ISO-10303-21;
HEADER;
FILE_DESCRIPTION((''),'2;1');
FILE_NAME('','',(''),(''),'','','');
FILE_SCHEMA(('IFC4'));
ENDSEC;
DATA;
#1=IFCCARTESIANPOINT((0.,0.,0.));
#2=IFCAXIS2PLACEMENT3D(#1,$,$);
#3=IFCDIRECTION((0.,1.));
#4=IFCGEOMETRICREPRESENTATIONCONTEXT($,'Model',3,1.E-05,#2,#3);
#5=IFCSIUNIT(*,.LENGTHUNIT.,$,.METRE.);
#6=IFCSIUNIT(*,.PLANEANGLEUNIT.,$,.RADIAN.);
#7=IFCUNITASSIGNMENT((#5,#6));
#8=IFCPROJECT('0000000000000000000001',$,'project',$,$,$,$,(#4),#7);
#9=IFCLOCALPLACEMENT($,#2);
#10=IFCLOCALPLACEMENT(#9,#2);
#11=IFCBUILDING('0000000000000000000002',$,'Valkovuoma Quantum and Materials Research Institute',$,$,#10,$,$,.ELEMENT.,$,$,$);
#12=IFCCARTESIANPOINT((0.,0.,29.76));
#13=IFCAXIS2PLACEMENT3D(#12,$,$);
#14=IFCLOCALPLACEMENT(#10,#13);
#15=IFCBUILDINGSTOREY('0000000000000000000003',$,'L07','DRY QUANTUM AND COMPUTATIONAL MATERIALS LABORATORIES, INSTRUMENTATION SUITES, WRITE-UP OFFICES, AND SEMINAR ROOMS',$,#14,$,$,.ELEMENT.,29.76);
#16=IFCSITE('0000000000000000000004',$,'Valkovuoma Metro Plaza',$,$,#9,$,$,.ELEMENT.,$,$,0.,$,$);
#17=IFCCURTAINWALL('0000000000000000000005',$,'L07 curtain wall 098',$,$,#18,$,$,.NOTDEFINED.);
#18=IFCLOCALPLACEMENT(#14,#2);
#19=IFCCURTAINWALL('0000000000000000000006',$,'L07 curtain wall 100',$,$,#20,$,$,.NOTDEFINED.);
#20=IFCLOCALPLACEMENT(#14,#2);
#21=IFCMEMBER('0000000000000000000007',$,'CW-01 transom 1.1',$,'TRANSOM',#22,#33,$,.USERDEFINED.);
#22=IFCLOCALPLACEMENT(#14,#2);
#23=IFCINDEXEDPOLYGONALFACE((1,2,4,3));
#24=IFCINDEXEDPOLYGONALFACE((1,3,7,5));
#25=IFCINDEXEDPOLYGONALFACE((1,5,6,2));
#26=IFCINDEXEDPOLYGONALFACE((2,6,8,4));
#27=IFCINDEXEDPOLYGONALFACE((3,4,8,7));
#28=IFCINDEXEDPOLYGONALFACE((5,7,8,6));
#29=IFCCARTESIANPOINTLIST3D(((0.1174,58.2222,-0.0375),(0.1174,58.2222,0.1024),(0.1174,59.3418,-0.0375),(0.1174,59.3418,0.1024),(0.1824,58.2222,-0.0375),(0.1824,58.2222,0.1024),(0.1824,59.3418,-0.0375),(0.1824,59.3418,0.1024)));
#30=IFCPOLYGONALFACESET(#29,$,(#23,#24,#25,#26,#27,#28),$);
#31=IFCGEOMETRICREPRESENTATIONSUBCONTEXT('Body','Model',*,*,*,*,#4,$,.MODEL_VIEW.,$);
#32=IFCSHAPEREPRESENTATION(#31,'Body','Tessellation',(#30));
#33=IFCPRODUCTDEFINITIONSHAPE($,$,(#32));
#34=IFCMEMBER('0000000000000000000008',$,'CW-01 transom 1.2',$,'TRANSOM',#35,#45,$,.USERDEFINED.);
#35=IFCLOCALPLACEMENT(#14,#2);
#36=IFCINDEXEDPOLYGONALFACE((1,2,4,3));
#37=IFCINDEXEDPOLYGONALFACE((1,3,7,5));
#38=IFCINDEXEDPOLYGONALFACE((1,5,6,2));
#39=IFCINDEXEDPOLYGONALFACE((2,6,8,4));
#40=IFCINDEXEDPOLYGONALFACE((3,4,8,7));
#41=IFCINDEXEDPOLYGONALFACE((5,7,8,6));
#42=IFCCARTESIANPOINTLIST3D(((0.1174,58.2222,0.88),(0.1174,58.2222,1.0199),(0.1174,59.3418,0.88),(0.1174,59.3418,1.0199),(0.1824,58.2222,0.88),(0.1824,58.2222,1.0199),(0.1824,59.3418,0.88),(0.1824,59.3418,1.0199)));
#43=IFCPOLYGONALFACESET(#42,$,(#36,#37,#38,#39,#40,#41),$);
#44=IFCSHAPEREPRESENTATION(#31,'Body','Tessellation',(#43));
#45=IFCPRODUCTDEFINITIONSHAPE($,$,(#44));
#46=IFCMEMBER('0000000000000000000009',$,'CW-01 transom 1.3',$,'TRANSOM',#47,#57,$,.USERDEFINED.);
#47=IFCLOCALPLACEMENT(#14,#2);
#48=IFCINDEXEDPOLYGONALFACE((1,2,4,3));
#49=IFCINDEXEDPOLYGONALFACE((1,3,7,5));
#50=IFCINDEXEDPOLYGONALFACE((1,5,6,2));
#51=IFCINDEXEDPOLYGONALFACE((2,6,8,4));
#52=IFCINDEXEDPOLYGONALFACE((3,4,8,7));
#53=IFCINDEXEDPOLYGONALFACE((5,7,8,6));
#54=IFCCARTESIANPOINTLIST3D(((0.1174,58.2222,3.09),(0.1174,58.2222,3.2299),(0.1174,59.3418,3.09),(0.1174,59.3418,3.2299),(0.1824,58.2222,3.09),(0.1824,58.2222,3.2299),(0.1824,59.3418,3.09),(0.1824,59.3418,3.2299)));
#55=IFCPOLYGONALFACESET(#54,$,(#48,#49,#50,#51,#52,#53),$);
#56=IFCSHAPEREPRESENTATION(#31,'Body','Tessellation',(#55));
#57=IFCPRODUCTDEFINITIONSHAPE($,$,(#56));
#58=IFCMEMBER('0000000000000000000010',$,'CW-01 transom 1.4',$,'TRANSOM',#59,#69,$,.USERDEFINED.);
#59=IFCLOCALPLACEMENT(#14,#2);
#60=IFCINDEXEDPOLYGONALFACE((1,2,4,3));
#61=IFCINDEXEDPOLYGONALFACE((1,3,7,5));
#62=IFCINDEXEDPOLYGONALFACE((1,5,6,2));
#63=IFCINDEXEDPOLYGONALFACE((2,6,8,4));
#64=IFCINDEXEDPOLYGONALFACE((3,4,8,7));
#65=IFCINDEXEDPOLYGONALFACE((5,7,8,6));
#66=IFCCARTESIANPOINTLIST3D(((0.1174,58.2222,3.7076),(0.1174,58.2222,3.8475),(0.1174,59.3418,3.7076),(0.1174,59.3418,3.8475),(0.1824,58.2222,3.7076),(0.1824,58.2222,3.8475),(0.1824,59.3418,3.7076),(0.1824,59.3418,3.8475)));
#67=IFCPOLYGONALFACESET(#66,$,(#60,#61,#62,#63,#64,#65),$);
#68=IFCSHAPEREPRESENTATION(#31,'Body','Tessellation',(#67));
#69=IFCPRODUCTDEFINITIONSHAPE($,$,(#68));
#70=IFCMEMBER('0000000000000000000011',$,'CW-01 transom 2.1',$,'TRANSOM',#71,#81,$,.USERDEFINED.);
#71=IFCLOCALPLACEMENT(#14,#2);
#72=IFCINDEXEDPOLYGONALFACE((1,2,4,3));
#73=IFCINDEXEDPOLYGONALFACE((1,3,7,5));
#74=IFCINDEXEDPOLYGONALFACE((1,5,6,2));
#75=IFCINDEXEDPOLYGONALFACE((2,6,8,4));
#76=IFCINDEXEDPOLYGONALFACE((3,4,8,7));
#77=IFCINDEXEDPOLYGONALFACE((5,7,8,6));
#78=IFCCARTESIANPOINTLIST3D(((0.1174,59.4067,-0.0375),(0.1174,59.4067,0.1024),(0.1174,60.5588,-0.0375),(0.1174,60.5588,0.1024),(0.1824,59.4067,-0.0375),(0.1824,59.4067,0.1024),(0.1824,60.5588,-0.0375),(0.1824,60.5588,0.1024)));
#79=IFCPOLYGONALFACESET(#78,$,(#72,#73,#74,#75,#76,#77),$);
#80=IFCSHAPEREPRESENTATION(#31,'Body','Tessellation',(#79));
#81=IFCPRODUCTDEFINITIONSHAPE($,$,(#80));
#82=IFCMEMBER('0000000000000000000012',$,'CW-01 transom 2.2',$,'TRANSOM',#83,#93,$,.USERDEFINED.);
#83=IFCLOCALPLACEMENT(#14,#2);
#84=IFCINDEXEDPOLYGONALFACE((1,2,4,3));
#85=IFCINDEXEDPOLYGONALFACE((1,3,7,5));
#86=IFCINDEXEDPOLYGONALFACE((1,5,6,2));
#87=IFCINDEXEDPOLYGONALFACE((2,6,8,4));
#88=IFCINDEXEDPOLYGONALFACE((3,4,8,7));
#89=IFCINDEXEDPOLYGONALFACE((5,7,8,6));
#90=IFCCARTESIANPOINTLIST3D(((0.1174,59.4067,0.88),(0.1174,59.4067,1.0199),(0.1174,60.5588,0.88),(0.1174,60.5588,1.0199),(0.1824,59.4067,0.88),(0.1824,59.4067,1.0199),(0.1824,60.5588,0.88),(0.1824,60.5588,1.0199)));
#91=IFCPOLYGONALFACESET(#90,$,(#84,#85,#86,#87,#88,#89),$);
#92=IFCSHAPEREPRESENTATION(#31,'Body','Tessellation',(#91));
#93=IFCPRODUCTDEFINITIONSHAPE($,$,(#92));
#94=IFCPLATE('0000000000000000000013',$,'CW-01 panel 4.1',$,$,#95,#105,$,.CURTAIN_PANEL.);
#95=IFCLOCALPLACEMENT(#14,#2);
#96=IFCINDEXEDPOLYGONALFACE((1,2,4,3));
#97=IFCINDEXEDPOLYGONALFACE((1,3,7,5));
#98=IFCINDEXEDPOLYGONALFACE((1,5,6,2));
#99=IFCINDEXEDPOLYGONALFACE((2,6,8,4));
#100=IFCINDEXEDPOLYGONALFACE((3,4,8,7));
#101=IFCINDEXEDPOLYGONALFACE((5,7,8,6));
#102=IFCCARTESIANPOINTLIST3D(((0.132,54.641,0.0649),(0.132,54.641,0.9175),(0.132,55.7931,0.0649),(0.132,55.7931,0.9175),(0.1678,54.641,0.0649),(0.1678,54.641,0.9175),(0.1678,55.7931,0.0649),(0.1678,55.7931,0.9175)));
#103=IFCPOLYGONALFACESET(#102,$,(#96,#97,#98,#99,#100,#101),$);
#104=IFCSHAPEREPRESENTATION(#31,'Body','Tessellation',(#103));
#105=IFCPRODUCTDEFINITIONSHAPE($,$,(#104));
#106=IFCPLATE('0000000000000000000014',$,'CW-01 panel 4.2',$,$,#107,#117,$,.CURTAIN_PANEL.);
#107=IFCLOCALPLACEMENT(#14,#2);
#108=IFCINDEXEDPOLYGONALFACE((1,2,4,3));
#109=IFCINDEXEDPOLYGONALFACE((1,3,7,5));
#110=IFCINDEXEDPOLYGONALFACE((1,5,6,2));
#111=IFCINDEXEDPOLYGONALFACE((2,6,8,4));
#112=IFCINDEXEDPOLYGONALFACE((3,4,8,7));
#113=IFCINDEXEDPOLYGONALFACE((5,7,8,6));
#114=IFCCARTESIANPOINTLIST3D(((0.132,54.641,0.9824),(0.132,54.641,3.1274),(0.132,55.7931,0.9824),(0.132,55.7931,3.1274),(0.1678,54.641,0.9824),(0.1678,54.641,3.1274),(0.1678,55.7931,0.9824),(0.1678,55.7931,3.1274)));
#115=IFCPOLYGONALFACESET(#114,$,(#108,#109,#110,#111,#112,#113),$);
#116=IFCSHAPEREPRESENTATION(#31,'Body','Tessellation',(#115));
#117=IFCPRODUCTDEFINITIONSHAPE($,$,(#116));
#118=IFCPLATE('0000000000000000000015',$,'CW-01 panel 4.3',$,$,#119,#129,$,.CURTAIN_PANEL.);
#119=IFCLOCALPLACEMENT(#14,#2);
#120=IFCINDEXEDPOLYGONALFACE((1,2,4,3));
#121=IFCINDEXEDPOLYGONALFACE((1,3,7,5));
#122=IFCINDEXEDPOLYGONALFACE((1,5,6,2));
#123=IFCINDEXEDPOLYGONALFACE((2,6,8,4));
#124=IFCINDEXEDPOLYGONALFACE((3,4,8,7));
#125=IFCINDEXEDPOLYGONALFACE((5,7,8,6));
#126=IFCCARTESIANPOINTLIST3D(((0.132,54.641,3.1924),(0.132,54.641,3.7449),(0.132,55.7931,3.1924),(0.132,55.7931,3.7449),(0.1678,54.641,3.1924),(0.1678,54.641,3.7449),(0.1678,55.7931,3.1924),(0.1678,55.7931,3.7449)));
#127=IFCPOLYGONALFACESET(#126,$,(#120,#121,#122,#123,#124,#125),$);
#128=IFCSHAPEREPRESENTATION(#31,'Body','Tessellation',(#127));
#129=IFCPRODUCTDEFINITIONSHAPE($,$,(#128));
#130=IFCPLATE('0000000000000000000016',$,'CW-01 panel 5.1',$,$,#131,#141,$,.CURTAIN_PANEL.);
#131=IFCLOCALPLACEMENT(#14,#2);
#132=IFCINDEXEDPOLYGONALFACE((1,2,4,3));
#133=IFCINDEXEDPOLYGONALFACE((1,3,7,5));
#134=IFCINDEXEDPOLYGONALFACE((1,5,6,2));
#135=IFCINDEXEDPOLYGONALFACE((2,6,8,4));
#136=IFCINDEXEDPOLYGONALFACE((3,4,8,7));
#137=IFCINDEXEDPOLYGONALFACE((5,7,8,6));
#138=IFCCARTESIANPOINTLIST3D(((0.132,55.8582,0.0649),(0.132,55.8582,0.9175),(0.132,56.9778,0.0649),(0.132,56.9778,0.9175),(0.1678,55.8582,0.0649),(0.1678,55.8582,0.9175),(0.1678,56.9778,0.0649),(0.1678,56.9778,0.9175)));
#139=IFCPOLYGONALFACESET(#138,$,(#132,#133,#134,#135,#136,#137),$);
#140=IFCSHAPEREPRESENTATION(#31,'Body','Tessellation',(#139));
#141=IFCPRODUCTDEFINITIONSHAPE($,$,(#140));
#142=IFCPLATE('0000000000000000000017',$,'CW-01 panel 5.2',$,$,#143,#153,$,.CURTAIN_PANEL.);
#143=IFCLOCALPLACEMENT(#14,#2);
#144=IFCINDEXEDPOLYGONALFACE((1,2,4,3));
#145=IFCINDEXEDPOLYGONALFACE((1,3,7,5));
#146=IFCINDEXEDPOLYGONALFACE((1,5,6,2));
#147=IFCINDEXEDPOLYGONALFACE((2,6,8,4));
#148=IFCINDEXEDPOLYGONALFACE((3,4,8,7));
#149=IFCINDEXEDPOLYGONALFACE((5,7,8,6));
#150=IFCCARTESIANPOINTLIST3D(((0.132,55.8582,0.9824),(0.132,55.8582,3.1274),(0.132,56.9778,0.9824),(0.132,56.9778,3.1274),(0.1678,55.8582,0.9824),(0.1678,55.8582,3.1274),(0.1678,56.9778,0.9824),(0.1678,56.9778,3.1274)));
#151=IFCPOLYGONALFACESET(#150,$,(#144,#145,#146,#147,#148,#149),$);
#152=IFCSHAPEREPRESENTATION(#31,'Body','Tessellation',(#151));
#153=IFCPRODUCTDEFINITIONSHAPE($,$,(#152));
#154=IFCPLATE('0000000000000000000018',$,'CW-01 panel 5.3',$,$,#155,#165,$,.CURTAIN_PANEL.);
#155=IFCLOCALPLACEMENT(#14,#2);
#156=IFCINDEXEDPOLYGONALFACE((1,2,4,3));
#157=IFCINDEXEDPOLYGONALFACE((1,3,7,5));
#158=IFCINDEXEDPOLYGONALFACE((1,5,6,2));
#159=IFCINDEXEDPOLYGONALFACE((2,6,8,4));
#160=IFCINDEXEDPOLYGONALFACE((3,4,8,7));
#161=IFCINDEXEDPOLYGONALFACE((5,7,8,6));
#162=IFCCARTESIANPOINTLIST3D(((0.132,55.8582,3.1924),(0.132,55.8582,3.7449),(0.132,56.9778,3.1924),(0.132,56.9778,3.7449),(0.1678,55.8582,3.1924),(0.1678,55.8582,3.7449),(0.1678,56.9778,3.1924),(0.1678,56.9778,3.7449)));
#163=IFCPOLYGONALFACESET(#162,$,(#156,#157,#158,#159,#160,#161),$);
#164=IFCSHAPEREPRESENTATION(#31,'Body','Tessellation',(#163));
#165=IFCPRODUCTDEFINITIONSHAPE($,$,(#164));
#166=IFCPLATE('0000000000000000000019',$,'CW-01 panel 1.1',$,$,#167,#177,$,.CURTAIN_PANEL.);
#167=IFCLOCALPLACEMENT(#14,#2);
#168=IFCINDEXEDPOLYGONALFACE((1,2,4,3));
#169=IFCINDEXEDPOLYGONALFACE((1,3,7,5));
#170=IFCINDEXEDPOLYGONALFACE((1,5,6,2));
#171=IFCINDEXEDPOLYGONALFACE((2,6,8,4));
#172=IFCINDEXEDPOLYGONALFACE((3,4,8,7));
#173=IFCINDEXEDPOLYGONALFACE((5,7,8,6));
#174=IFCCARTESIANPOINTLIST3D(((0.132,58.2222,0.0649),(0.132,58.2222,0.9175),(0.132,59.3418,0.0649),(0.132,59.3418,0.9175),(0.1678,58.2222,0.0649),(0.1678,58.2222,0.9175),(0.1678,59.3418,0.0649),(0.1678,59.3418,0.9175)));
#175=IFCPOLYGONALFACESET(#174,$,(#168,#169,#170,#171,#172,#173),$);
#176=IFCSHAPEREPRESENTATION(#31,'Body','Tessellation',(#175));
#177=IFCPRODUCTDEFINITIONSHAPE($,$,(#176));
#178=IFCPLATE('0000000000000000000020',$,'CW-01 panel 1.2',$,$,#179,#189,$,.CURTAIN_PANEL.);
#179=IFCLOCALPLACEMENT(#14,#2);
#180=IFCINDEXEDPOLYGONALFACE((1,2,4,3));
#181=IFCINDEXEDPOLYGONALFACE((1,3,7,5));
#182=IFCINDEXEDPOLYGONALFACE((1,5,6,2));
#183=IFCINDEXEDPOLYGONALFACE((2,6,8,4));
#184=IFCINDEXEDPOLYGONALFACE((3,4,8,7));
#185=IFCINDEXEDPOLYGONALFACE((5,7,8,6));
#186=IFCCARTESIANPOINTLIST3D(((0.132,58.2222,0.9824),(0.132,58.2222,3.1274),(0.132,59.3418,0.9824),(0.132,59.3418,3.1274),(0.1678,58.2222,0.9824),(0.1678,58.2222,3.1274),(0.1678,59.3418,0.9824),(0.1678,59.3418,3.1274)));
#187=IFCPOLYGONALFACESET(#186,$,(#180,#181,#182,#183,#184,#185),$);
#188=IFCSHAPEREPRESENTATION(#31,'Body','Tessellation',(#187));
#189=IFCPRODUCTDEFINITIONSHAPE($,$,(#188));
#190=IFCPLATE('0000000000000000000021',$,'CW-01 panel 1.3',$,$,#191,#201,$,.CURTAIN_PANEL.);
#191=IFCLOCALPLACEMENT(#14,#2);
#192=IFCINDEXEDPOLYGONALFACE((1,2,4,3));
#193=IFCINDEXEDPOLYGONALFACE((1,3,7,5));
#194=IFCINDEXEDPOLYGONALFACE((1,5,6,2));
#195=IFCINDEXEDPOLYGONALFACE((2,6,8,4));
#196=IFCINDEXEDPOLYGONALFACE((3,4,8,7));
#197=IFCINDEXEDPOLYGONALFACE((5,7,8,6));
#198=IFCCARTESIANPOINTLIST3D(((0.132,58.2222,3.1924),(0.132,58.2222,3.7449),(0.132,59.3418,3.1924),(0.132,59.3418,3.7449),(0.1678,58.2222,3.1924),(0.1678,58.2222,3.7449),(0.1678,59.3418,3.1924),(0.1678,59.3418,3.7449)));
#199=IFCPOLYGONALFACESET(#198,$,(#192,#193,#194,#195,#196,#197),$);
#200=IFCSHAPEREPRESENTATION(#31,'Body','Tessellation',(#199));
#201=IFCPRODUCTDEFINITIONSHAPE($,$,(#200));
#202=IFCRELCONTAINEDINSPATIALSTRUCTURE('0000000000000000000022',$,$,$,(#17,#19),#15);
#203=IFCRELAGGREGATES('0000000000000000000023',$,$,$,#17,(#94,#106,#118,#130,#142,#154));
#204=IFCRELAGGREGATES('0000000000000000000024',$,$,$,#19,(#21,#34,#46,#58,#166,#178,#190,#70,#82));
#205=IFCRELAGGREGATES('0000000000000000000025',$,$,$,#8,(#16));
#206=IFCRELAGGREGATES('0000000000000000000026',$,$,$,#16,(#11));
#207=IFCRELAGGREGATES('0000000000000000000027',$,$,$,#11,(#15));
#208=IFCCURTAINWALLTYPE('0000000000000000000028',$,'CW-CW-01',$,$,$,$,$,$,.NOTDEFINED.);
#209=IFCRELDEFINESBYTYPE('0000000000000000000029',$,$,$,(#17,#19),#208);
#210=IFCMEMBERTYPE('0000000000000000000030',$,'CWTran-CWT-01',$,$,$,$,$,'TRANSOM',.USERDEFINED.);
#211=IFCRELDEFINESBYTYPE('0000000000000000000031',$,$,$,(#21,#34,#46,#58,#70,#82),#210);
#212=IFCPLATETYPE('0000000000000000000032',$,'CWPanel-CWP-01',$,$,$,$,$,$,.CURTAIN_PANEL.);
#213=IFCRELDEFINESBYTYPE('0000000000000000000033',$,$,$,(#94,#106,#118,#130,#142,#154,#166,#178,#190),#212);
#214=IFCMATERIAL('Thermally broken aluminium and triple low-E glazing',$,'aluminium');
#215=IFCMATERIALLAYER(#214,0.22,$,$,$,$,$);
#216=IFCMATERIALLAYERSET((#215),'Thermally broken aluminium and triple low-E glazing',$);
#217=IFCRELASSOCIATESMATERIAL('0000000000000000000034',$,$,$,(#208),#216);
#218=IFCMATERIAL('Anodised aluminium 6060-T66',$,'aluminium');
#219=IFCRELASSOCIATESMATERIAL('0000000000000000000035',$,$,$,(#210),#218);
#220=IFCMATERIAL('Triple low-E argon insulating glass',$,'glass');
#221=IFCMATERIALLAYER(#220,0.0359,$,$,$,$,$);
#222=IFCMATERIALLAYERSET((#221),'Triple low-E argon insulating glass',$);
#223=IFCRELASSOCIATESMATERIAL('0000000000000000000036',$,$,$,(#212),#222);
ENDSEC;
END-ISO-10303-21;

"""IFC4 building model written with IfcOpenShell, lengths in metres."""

from ifc_helpers import new_model, si_unit, direction, frame, origin, origin_2d, place, context, subcontext, project, spatial, rectangle, extrude, material, layer, layer_set, material_profile, profile_set, type_object, element, aggregate, save


model = new_model("IFC4")

# Units and contexts
model_context = context("Model", 3, precision=1e-05, world=origin(), true_north=direction((0.0, 1.0)))
body_context = subcontext(model_context, "Body", "Model", "MODEL_VIEW")
ifc_project = project(units=[si_unit("LENGTHUNIT", "METRE"), si_unit("PLANEANGLEUNIT", "RADIAN")], contexts=[model_context])

# Site, building, storey
site_placement = place(None, origin())
site = spatial("IfcSite", under=ifc_project, at=site_placement, Name="Valkovuoma Metro Plaza", CompositionType="ELEMENT", RefElevation=0.0)
building_placement = place(site_placement, origin())
building = spatial("IfcBuilding", under=site, at=building_placement, Name="Valkovuoma Quantum and Materials Research Institute", CompositionType="ELEMENT")
storey_placement = place(building_placement, frame((0.0, 0.0, 29.76)))
storey = spatial("IfcBuildingStorey", under=building, at=storey_placement, Name="L07", Description="DRY QUANTUM AND COMPUTATIONAL MATERIALS LABORATORIES, INSTRUMENTATION SUITES, WRITE-UP OFFICES, AND SEMINAR ROOMS", CompositionType="ELEMENT", Elevation=29.76)

# Curtain walls
ifc_material_1 = material(Name="Thermally broken aluminium and triple low-E glazing", Category="aluminium")
ifc_layer_1 = layer(ifc_material_1, 0.22)
ifc_layer_set_1 = layer_set([ifc_layer_1], Name="Thermally broken aluminium and triple low-E glazing")
curtain_wall_type = type_object("IfcCurtainWallType", Name="CW-CW-01", PredefinedType="NOTDEFINED", material=ifc_layer_set_1)
curtain_wall_1_placement = place(storey_placement, origin())
curtain_wall_1 = element("IfcCurtainWall", 1, at=curtain_wall_1_placement, inside=storey, type_object=curtain_wall_type, Name="L07 curtain wall 098", PredefinedType="NOTDEFINED")
curtain_wall_2_placement = place(storey_placement, origin())
curtain_wall_2 = element("IfcCurtainWall", 2, at=curtain_wall_2_placement, inside=storey, type_object=curtain_wall_type, Name="L07 curtain wall 100", PredefinedType="NOTDEFINED")

# Members
ifc_material_2 = material(Name="Anodised aluminium 6060-T66", Category="aluminium")
ifc_material_profile_1 = material_profile(ifc_material_2, rectangle(XDim=0.0649, YDim=0.1399, at=origin_2d()), Name="Anodised aluminium 6060-T66")
ifc_profile_set_1 = profile_set([ifc_material_profile_1], Name="Anodised aluminium 6060-T66")
member_type_1 = type_object("IfcMemberType", Name="CWTran-CWT-01", ElementType="TRANSOM", PredefinedType="USERDEFINED", material=ifc_profile_set_1)
member_1_placement = place(storey_placement, frame((0.1499, 58.2222, 0.0325), z_axis=(0.0, 1.0, 0.0), x_axis=(-1.0, 0.0, 0.0)))
member_1 = element("IfcMember", 3, at=member_1_placement, type_object=member_type_1, Name="CW-01 transom 1.1", ObjectType="TRANSOM", PredefinedType="USERDEFINED", context=body_context, shape_type="SweptSolid", body=[
    extrude(rectangle(XDim=0.0649, YDim=0.1399, at=origin_2d()), origin(), (0.0, 0.0, 1.0), 1.1196),
])
member_2_placement = place(storey_placement, frame((0.1499, 58.2222, 0.95), z_axis=(0.0, 1.0, 0.0), x_axis=(-1.0, 0.0, 0.0)))
member_2 = element("IfcMember", 4, at=member_2_placement, type_object=member_type_1, Name="CW-01 transom 1.2", ObjectType="TRANSOM", PredefinedType="USERDEFINED", context=body_context, shape_type="SweptSolid", body=[
    extrude(rectangle(XDim=0.0649, YDim=0.1399, at=origin_2d()), origin(), (0.0, 0.0, 1.0), 1.1196),
])
member_3_placement = place(storey_placement, frame((0.1499, 58.2222, 3.1599), z_axis=(0.0, 1.0, 0.0), x_axis=(-1.0, 0.0, 0.0)))
member_3 = element("IfcMember", 5, at=member_3_placement, type_object=member_type_1, Name="CW-01 transom 1.3", ObjectType="TRANSOM", PredefinedType="USERDEFINED", context=body_context, shape_type="SweptSolid", body=[
    extrude(rectangle(XDim=0.0649, YDim=0.1399, at=origin_2d()), origin(), (0.0, 0.0, 1.0), 1.1196),
])
member_4_placement = place(storey_placement, frame((0.1499, 58.2222, 3.7776), z_axis=(0.0, 1.0, 0.0), x_axis=(-1.0, 0.0, 0.0)))
member_4 = element("IfcMember", 6, at=member_4_placement, type_object=member_type_1, Name="CW-01 transom 1.4", ObjectType="TRANSOM", PredefinedType="USERDEFINED", context=body_context, shape_type="SweptSolid", body=[
    extrude(rectangle(XDim=0.0649, YDim=0.1399, at=origin_2d()), origin(), (0.0, 0.0, 1.0), 1.1196),
])
member_5_placement = place(storey_placement, frame((0.1499, 59.4067, 0.0325), z_axis=(0.0, 1.0, 0.0), x_axis=(-1.0, 0.0, 0.0)))
member_5 = element("IfcMember", 7, at=member_5_placement, type_object=member_type_1, Name="CW-01 transom 2.1", ObjectType="TRANSOM", PredefinedType="USERDEFINED", context=body_context, shape_type="SweptSolid", body=[
    extrude(rectangle(XDim=0.0649, YDim=0.1399, at=origin_2d()), origin(), (0.0, 0.0, 1.0), 1.1521),
])
member_6_placement = place(storey_placement, frame((0.1499, 59.4067, 0.95), z_axis=(0.0, 1.0, 0.0), x_axis=(-1.0, 0.0, 0.0)))
member_6 = element("IfcMember", 8, at=member_6_placement, type_object=member_type_1, Name="CW-01 transom 2.2", ObjectType="TRANSOM", PredefinedType="USERDEFINED", context=body_context, shape_type="SweptSolid", body=[
    extrude(rectangle(XDim=0.0649, YDim=0.1399, at=origin_2d()), origin(), (0.0, 0.0, 1.0), 1.1521),
])

# Plates
ifc_material_3 = material(Name="Triple low-E argon insulating glass", Category="glass")
ifc_layer_2 = layer(ifc_material_3, 0.0359)
ifc_layer_set_2 = layer_set([ifc_layer_2], Name="Triple low-E argon insulating glass")
plate_type = type_object("IfcPlateType", Name="CWPanel-CWP-01", PredefinedType="CURTAIN_PANEL", material=ifc_layer_set_2)
plate_1_placement = place(storey_placement, frame((0.1499, 55.217, 0.0649), z_axis=(0.0, 0.0, 1.0), x_axis=(0.0, 1.0, 0.0)))
plate_1 = element("IfcPlate", 9, at=plate_1_placement, type_object=plate_type, Name="CW-01 panel 4.1", PredefinedType="CURTAIN_PANEL", context=body_context, shape_type="SweptSolid", body=[
    extrude(rectangle(XDim=1.1521, YDim=0.0359, at=origin_2d()), origin(), (0.0, 0.0, 1.0), 0.8525),
])
plate_2_placement = place(storey_placement, frame((0.1499, 55.217, 0.9824), z_axis=(0.0, 0.0, 1.0), x_axis=(0.0, 1.0, 0.0)))
plate_2 = element("IfcPlate", 10, at=plate_2_placement, type_object=plate_type, Name="CW-01 panel 4.2", PredefinedType="CURTAIN_PANEL", context=body_context, shape_type="SweptSolid", body=[
    extrude(rectangle(XDim=1.1521, YDim=0.0359, at=origin_2d()), origin(), (0.0, 0.0, 1.0), 2.145),
])
plate_3_placement = place(storey_placement, frame((0.1499, 55.217, 3.1924), z_axis=(0.0, 0.0, 1.0), x_axis=(0.0, 1.0, 0.0)))
plate_3 = element("IfcPlate", 11, at=plate_3_placement, type_object=plate_type, Name="CW-01 panel 4.3", PredefinedType="CURTAIN_PANEL", context=body_context, shape_type="SweptSolid", body=[
    extrude(rectangle(XDim=1.1521, YDim=0.0359, at=origin_2d()), origin(), (0.0, 0.0, 1.0), 0.5525),
])
plate_4_placement = place(storey_placement, frame((0.1499, 56.418, 0.0649), z_axis=(0.0, 0.0, 1.0), x_axis=(0.0, 1.0, 0.0)))
plate_4 = element("IfcPlate", 12, at=plate_4_placement, type_object=plate_type, Name="CW-01 panel 5.1", PredefinedType="CURTAIN_PANEL", context=body_context, shape_type="SweptSolid", body=[
    extrude(rectangle(XDim=1.1196, YDim=0.0359, at=origin_2d()), origin(), (0.0, 0.0, 1.0), 0.8525),
])
plate_5_placement = place(storey_placement, frame((0.1499, 56.418, 0.9824), z_axis=(0.0, 0.0, 1.0), x_axis=(0.0, 1.0, 0.0)))
plate_5 = element("IfcPlate", 13, at=plate_5_placement, type_object=plate_type, Name="CW-01 panel 5.2", PredefinedType="CURTAIN_PANEL", context=body_context, shape_type="SweptSolid", body=[
    extrude(rectangle(XDim=1.1196, YDim=0.0359, at=origin_2d()), origin(), (0.0, 0.0, 1.0), 2.145),
])
plate_6_placement = place(storey_placement, frame((0.1499, 56.418, 3.1924), z_axis=(0.0, 0.0, 1.0), x_axis=(0.0, 1.0, 0.0)))
plate_6 = element("IfcPlate", 14, at=plate_6_placement, type_object=plate_type, Name="CW-01 panel 5.3", PredefinedType="CURTAIN_PANEL", context=body_context, shape_type="SweptSolid", body=[
    extrude(rectangle(XDim=1.1196, YDim=0.0359, at=origin_2d()), origin(), (0.0, 0.0, 1.0), 0.5525),
])
aggregate(curtain_wall_1, [plate_1, plate_2, plate_3, plate_4, plate_5, plate_6])
plate_7_placement = place(storey_placement, frame((0.1499, 58.782, 0.0649), z_axis=(0.0, 0.0, 1.0), x_axis=(0.0, 1.0, 0.0)))
plate_7 = element("IfcPlate", 15, at=plate_7_placement, type_object=plate_type, Name="CW-01 panel 1.1", PredefinedType="CURTAIN_PANEL", context=body_context, shape_type="SweptSolid", body=[
    extrude(rectangle(XDim=1.1196, YDim=0.0359, at=origin_2d()), origin(), (0.0, 0.0, 1.0), 0.8525),
])
plate_8_placement = place(storey_placement, frame((0.1499, 58.782, 0.9824), z_axis=(0.0, 0.0, 1.0), x_axis=(0.0, 1.0, 0.0)))
plate_8 = element("IfcPlate", 16, at=plate_8_placement, type_object=plate_type, Name="CW-01 panel 1.2", PredefinedType="CURTAIN_PANEL", context=body_context, shape_type="SweptSolid", body=[
    extrude(rectangle(XDim=1.1196, YDim=0.0359, at=origin_2d()), origin(), (0.0, 0.0, 1.0), 2.145),
])
plate_9_placement = place(storey_placement, frame((0.1499, 58.782, 3.1924), z_axis=(0.0, 0.0, 1.0), x_axis=(0.0, 1.0, 0.0)))
plate_9 = element("IfcPlate", 17, at=plate_9_placement, type_object=plate_type, Name="CW-01 panel 1.3", PredefinedType="CURTAIN_PANEL", context=body_context, shape_type="SweptSolid", body=[
    extrude(rectangle(XDim=1.1196, YDim=0.0359, at=origin_2d()), origin(), (0.0, 0.0, 1.0), 0.5525),
])
aggregate(curtain_wall_2, [member_1, member_2, member_3, member_4, plate_7, plate_8, plate_9, member_5, member_6])

save(model, "model.ifc")
